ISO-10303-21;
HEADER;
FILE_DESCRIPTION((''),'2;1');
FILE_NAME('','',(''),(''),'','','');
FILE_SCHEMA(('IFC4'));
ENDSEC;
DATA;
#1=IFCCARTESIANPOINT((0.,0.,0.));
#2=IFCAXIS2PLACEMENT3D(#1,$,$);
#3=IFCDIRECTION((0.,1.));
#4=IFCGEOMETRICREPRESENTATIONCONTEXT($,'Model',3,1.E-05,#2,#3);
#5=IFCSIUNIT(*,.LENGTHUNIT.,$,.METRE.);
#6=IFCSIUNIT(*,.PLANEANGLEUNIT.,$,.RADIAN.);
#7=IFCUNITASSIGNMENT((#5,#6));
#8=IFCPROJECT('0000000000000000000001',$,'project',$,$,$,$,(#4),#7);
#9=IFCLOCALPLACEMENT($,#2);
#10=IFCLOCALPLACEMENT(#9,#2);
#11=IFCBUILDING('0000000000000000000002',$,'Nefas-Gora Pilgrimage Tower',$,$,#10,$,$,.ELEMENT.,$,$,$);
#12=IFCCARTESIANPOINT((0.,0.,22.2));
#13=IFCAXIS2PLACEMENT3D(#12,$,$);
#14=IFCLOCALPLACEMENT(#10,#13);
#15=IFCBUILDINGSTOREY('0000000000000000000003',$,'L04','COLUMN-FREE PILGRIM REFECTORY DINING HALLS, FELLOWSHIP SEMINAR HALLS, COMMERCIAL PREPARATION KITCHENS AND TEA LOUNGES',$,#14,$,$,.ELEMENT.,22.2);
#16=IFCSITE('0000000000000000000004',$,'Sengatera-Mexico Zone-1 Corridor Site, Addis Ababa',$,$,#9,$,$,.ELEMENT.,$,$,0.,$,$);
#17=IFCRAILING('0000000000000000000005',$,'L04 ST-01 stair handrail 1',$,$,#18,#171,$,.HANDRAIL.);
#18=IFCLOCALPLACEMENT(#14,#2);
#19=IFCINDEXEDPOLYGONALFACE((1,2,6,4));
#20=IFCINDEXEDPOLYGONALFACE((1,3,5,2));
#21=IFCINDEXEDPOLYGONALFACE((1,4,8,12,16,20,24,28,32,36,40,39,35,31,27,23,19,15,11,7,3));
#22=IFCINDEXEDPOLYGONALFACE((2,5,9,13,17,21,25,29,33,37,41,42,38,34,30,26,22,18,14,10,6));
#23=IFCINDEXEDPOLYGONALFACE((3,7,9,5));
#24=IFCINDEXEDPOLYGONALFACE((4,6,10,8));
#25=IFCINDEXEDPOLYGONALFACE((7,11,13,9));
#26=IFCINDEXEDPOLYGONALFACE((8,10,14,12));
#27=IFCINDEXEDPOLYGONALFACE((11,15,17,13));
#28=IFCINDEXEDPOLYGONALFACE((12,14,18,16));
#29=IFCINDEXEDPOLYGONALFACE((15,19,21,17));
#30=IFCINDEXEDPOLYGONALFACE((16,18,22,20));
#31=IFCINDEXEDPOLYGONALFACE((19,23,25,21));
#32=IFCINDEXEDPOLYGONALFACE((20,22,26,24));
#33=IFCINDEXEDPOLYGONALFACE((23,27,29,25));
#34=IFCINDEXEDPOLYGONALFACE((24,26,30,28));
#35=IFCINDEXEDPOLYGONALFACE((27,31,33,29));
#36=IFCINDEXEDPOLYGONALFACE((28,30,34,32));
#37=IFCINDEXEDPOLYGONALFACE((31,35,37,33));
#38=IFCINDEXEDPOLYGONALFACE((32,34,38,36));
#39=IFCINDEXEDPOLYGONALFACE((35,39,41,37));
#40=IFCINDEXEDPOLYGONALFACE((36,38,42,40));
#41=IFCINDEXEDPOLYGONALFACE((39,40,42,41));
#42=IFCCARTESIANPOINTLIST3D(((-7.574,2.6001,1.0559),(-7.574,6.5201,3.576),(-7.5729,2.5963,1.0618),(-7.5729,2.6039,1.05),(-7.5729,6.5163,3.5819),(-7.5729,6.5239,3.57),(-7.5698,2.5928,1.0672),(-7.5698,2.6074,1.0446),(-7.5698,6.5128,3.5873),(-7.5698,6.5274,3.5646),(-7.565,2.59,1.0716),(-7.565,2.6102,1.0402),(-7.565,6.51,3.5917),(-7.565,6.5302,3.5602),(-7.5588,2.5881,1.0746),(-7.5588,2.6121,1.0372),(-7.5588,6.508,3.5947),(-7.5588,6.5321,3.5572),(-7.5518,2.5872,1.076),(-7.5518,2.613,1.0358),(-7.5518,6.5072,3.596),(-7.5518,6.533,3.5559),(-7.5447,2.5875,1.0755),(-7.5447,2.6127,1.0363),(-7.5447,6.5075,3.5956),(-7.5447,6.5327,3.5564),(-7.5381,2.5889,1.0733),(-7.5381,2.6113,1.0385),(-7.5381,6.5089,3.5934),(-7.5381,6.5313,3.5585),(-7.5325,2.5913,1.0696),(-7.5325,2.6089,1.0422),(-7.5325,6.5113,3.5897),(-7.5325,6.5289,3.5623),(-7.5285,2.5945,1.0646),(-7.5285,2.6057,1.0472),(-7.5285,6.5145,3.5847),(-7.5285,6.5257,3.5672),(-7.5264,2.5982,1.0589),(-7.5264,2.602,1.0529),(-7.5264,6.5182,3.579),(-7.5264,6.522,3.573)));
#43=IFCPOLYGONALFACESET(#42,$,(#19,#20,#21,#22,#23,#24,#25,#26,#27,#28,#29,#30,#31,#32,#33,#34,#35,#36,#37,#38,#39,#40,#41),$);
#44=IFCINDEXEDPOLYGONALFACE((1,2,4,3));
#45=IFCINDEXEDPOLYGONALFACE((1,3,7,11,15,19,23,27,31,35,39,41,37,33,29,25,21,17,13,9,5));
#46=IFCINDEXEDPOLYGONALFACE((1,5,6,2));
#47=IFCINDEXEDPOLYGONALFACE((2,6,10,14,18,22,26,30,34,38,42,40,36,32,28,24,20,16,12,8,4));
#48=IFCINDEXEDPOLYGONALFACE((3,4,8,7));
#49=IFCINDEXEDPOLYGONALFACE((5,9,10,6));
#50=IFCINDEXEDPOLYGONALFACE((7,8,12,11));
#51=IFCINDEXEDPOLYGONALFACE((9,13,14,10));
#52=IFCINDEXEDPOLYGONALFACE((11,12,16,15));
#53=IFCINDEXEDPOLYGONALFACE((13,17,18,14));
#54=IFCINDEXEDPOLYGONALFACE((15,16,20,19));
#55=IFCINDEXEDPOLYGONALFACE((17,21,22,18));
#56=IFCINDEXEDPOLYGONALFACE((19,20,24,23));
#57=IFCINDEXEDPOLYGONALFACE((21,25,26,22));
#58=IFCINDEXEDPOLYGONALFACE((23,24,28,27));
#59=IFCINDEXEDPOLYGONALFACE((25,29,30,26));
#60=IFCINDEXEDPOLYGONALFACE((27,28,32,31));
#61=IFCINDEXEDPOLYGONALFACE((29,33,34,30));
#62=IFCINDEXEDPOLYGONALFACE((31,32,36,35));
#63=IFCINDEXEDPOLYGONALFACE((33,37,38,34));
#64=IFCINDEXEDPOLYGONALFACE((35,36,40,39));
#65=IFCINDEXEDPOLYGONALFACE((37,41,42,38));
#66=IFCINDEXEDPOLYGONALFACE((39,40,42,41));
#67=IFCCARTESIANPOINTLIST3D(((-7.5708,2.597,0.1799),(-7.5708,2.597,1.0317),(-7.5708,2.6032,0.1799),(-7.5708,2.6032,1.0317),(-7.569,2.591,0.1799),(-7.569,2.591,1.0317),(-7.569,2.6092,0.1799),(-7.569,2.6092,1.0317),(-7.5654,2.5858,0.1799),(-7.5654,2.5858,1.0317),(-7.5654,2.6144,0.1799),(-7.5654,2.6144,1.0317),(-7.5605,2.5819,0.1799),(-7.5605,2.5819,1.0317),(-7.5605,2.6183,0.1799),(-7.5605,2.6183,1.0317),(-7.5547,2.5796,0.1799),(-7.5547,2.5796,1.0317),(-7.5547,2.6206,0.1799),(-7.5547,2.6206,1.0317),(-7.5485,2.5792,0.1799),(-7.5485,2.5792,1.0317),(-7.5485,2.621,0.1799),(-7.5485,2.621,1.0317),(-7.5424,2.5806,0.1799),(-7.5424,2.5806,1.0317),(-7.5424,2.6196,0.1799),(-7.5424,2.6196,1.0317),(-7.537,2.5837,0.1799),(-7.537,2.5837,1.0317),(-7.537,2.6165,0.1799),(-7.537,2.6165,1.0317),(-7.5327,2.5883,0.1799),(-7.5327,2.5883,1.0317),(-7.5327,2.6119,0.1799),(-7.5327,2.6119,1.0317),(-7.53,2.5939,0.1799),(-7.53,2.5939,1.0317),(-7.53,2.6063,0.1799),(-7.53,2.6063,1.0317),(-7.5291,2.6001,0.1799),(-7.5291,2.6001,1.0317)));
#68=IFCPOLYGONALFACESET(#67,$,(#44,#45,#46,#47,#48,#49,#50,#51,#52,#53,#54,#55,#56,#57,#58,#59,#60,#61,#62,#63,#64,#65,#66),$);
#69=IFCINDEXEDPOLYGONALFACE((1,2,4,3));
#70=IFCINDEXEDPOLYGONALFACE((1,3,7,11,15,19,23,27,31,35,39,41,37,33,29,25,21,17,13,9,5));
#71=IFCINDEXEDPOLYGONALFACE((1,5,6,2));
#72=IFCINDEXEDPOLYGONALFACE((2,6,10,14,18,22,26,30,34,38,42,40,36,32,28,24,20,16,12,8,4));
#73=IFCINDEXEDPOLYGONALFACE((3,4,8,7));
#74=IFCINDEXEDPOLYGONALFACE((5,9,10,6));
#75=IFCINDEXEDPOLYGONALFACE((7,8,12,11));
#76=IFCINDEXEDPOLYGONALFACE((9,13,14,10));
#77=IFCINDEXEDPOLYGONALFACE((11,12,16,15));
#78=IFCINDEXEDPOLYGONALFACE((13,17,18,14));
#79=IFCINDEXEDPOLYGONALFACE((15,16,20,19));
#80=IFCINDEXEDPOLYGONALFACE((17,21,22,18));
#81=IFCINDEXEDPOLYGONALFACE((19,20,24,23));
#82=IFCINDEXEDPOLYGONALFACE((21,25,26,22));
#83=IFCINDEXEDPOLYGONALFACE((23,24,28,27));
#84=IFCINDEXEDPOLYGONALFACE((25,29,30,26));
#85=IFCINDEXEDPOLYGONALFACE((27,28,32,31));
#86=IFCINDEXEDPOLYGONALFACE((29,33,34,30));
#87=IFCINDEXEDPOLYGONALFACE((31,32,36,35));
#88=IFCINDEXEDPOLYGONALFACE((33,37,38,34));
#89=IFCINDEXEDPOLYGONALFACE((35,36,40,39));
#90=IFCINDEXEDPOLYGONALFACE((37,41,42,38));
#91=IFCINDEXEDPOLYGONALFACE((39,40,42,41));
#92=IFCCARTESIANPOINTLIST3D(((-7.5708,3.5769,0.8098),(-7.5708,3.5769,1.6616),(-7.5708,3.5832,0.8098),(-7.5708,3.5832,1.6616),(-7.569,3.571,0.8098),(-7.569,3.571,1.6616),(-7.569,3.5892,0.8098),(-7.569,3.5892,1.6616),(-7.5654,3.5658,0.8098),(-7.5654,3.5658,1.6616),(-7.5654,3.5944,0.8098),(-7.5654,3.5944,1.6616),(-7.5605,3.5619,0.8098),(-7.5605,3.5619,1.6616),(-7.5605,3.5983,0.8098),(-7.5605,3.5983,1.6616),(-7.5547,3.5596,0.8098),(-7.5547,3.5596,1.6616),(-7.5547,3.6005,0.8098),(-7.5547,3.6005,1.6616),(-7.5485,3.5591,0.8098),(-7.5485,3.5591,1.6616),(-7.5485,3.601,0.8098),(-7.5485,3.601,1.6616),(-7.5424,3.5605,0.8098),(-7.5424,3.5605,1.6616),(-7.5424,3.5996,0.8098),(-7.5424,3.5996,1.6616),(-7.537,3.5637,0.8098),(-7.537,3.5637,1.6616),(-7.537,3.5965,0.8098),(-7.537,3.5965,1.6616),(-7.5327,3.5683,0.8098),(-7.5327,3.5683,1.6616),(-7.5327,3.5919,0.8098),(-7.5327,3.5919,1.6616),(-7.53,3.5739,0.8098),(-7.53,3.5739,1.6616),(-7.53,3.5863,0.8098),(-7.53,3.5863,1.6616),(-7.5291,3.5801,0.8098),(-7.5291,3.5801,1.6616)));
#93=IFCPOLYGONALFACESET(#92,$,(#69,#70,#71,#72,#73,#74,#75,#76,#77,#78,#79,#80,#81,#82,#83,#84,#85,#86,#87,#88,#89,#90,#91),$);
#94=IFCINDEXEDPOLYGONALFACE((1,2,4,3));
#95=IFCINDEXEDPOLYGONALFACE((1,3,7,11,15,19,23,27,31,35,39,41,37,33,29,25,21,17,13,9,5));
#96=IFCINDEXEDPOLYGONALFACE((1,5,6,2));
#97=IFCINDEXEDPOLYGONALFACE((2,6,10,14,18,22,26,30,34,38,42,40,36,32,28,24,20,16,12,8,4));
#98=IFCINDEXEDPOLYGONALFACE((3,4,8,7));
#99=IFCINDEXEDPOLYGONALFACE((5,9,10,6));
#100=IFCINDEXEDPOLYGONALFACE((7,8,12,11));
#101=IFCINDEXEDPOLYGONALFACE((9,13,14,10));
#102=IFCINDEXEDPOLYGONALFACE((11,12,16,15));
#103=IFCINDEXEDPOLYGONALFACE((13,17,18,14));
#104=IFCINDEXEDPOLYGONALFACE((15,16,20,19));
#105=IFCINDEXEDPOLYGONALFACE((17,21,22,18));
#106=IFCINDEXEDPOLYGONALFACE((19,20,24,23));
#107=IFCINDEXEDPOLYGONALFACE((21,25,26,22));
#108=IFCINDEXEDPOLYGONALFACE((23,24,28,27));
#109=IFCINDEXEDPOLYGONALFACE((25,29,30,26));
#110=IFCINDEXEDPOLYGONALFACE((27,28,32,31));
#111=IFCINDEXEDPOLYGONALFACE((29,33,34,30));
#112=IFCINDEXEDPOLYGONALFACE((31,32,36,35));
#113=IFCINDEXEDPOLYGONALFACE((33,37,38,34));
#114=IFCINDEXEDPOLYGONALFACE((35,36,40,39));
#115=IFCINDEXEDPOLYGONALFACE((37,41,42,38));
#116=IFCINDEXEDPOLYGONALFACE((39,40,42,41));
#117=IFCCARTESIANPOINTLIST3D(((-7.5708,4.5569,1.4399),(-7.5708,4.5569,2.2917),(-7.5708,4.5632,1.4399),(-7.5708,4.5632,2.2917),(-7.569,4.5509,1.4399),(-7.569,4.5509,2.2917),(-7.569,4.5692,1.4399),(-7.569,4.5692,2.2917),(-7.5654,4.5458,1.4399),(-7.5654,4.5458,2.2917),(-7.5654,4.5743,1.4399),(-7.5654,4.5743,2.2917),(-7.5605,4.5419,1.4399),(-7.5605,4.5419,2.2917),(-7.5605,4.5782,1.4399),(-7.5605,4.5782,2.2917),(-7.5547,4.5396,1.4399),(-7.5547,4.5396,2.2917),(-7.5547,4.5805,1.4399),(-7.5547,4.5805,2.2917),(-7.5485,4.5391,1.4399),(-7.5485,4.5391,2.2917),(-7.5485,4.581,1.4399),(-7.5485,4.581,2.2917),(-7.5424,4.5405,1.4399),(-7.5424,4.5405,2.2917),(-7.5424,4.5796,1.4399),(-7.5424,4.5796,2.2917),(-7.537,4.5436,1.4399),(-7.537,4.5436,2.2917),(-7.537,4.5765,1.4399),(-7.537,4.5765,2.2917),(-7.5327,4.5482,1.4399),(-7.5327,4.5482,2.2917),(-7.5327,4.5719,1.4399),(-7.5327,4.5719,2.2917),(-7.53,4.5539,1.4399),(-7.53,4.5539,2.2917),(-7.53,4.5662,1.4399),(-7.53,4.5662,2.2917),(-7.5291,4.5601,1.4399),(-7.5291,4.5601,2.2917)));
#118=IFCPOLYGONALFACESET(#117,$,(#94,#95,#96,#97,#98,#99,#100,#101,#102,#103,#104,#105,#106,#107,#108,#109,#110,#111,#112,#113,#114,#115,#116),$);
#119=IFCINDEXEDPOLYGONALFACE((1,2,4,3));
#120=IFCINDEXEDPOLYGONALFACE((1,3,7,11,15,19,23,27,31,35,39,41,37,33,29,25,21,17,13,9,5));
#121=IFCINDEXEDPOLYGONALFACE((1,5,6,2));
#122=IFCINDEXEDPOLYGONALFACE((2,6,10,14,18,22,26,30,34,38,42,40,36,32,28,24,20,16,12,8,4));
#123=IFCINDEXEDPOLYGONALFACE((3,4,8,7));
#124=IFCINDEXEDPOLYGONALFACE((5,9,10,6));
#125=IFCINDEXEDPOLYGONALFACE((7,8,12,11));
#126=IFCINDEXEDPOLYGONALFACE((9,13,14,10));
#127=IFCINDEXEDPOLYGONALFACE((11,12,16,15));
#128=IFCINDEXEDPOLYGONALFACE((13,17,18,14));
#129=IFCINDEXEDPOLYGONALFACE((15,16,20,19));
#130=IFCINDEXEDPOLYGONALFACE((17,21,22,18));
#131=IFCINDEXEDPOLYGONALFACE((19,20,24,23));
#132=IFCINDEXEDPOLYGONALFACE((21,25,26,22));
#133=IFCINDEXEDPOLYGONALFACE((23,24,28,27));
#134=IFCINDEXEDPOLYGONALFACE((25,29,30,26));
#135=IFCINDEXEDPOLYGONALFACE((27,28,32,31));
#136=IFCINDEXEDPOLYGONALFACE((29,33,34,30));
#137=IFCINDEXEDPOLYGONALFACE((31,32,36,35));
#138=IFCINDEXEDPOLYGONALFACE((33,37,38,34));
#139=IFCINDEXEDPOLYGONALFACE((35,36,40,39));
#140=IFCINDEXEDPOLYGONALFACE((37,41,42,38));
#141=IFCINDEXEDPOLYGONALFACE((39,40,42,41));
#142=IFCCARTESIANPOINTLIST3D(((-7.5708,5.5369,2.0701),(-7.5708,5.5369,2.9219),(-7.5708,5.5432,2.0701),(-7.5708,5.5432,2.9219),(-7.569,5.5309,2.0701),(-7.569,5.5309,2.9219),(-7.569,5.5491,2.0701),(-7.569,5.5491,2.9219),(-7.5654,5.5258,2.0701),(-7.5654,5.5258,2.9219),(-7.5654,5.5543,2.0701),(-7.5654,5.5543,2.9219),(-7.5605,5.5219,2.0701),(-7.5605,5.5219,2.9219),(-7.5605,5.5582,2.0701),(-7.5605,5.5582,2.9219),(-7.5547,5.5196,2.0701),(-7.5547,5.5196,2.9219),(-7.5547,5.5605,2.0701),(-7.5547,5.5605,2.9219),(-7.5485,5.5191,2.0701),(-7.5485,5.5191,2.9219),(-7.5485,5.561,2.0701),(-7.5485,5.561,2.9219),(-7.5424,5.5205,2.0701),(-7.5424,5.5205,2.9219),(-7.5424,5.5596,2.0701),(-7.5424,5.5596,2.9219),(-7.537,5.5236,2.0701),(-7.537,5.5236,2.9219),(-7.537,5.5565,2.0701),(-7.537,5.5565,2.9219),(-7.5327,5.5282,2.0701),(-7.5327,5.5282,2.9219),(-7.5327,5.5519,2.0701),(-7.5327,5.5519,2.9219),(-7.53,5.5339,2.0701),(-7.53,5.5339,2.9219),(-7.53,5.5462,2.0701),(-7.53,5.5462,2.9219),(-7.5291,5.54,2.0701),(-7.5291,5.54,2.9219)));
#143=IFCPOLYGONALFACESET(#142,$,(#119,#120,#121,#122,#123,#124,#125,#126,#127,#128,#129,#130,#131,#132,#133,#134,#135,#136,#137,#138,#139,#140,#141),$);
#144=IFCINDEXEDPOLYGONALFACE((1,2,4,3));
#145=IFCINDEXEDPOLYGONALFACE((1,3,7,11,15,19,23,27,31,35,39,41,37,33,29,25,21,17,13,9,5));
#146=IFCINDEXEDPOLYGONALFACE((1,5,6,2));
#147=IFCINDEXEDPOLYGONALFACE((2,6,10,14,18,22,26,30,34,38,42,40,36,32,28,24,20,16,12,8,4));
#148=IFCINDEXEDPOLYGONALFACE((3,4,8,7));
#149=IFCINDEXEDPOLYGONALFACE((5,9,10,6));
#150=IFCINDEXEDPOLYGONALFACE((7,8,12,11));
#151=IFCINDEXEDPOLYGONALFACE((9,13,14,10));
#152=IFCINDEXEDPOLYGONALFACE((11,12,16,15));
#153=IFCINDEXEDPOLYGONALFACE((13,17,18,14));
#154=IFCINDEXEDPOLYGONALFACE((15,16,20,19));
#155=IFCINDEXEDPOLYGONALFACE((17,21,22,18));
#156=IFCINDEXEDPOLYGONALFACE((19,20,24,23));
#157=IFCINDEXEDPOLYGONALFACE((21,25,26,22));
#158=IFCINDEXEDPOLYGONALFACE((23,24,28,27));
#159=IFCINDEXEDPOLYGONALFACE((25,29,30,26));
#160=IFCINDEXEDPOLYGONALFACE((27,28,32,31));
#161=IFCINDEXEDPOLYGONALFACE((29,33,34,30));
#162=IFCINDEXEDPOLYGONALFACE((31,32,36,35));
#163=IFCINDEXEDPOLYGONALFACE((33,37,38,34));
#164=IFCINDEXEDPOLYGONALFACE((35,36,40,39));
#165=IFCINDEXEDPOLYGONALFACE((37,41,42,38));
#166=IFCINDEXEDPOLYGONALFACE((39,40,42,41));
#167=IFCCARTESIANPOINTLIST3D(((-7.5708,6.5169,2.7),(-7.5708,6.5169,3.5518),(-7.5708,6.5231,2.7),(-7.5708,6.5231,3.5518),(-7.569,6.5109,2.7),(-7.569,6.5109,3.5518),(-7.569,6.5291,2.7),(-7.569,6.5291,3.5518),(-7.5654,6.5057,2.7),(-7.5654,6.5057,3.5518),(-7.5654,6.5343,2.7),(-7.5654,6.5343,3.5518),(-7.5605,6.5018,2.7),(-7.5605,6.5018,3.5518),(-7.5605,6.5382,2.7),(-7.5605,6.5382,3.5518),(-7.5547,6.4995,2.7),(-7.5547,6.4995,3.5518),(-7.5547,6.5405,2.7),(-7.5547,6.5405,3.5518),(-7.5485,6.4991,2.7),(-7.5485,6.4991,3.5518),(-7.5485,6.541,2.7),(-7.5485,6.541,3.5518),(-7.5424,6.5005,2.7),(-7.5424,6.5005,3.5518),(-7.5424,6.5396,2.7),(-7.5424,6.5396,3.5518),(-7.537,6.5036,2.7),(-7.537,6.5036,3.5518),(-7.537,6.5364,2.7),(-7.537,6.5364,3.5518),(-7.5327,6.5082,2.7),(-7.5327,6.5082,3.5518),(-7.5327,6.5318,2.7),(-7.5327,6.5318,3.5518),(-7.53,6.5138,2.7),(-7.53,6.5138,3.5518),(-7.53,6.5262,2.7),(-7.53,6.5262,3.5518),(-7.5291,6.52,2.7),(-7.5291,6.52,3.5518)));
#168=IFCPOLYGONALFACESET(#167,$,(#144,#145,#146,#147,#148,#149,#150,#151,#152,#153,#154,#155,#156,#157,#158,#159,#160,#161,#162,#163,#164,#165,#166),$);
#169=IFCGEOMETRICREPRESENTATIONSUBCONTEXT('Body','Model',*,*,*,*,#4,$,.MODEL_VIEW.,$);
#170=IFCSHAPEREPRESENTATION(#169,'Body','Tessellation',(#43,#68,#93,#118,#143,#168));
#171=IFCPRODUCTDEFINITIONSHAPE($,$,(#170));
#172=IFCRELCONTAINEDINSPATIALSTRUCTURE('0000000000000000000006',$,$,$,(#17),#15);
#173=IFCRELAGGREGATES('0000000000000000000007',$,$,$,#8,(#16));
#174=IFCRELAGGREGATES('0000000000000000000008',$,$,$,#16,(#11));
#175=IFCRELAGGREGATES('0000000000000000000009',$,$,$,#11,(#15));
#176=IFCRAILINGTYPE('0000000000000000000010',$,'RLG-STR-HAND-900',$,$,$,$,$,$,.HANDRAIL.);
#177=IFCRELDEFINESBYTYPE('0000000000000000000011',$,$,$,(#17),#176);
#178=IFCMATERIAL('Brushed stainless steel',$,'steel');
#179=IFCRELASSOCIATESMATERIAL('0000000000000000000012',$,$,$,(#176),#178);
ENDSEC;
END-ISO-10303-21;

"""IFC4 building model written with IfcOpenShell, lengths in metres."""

from ifc_helpers import new_model, si_unit, direction, frame, origin, origin_2d, place, context, subcontext, project, spatial, circle, extrude, material, type_object, element, save


model = new_model("IFC4")

# Units and contexts
model_context = context("Model", 3, precision=1e-05, world=origin(), true_north=direction((0.0, 1.0)))
body_context = subcontext(model_context, "Body", "Model", "MODEL_VIEW")
ifc_project = project(units=[si_unit("LENGTHUNIT", "METRE"), si_unit("PLANEANGLEUNIT", "RADIAN")], contexts=[model_context])

# Site, building, storey
site_placement = place(None, origin())
site = spatial("IfcSite", under=ifc_project, at=site_placement, Name="Sengatera-Mexico Zone-1 Corridor Site, Addis Ababa", CompositionType="ELEMENT", RefElevation=0.0)
building_placement = place(site_placement, origin())
building = spatial("IfcBuilding", under=site, at=building_placement, Name="Nefas-Gora Pilgrimage Tower", CompositionType="ELEMENT")
storey_placement = place(building_placement, frame((0.0, 0.0, 22.2)))
storey = spatial("IfcBuildingStorey", under=building, at=storey_placement, Name="L04", Description="COLUMN-FREE PILGRIM REFECTORY DINING HALLS, FELLOWSHIP SEMINAR HALLS, COMMERCIAL PREPARATION KITCHENS AND TEA LOUNGES", CompositionType="ELEMENT", Elevation=22.2)

# Railing
ifc_material_1 = material(Name="Brushed stainless steel", Category="steel")
railing_type_1 = type_object("IfcRailingType", Name="RLG-STR-HAND-900", PredefinedType="HANDRAIL", material=ifc_material_1)
railing_1_placement = place(storey_placement, frame((-7.55, 2.6001, 0.1799)))
element("IfcRailing", 1, at=railing_1_placement, inside=storey, type_object=railing_type_1, Name="L04 ST-01 stair handrail 1", PredefinedType="HANDRAIL", context=body_context, shape_type="SweptSolid", body=[
    extrude(circle(Radius=0.0239, at=origin_2d()), frame((0.0, 0.0, 0.876), z_axis=(0.0, 0.841172, 0.540768), x_axis=(-1.0, 0.0, 0.0)), (0.0, 0.0, 1.0), 4.6602),
    extrude(circle(Radius=0.021, at=origin_2d()), origin(), (0.0, 0.0, 1.0), 0.8518),
    extrude(circle(Radius=0.021, at=origin_2d()), frame((0.0, 0.98, 0.6299)), (0.0, 0.0, 1.0), 0.8518),
    extrude(circle(Radius=0.021, at=origin_2d()), frame((0.0, 1.96, 1.26)), (0.0, 0.0, 1.0), 0.8518),
    extrude(circle(Radius=0.021, at=origin_2d()), frame((0.0, 2.9399, 1.8901)), (0.0, 0.0, 1.0), 0.8518),
    extrude(circle(Radius=0.021, at=origin_2d()), frame((0.0, 3.9199, 2.52)), (0.0, 0.0, 1.0), 0.8518),
])

save(model, "model.ifc")
